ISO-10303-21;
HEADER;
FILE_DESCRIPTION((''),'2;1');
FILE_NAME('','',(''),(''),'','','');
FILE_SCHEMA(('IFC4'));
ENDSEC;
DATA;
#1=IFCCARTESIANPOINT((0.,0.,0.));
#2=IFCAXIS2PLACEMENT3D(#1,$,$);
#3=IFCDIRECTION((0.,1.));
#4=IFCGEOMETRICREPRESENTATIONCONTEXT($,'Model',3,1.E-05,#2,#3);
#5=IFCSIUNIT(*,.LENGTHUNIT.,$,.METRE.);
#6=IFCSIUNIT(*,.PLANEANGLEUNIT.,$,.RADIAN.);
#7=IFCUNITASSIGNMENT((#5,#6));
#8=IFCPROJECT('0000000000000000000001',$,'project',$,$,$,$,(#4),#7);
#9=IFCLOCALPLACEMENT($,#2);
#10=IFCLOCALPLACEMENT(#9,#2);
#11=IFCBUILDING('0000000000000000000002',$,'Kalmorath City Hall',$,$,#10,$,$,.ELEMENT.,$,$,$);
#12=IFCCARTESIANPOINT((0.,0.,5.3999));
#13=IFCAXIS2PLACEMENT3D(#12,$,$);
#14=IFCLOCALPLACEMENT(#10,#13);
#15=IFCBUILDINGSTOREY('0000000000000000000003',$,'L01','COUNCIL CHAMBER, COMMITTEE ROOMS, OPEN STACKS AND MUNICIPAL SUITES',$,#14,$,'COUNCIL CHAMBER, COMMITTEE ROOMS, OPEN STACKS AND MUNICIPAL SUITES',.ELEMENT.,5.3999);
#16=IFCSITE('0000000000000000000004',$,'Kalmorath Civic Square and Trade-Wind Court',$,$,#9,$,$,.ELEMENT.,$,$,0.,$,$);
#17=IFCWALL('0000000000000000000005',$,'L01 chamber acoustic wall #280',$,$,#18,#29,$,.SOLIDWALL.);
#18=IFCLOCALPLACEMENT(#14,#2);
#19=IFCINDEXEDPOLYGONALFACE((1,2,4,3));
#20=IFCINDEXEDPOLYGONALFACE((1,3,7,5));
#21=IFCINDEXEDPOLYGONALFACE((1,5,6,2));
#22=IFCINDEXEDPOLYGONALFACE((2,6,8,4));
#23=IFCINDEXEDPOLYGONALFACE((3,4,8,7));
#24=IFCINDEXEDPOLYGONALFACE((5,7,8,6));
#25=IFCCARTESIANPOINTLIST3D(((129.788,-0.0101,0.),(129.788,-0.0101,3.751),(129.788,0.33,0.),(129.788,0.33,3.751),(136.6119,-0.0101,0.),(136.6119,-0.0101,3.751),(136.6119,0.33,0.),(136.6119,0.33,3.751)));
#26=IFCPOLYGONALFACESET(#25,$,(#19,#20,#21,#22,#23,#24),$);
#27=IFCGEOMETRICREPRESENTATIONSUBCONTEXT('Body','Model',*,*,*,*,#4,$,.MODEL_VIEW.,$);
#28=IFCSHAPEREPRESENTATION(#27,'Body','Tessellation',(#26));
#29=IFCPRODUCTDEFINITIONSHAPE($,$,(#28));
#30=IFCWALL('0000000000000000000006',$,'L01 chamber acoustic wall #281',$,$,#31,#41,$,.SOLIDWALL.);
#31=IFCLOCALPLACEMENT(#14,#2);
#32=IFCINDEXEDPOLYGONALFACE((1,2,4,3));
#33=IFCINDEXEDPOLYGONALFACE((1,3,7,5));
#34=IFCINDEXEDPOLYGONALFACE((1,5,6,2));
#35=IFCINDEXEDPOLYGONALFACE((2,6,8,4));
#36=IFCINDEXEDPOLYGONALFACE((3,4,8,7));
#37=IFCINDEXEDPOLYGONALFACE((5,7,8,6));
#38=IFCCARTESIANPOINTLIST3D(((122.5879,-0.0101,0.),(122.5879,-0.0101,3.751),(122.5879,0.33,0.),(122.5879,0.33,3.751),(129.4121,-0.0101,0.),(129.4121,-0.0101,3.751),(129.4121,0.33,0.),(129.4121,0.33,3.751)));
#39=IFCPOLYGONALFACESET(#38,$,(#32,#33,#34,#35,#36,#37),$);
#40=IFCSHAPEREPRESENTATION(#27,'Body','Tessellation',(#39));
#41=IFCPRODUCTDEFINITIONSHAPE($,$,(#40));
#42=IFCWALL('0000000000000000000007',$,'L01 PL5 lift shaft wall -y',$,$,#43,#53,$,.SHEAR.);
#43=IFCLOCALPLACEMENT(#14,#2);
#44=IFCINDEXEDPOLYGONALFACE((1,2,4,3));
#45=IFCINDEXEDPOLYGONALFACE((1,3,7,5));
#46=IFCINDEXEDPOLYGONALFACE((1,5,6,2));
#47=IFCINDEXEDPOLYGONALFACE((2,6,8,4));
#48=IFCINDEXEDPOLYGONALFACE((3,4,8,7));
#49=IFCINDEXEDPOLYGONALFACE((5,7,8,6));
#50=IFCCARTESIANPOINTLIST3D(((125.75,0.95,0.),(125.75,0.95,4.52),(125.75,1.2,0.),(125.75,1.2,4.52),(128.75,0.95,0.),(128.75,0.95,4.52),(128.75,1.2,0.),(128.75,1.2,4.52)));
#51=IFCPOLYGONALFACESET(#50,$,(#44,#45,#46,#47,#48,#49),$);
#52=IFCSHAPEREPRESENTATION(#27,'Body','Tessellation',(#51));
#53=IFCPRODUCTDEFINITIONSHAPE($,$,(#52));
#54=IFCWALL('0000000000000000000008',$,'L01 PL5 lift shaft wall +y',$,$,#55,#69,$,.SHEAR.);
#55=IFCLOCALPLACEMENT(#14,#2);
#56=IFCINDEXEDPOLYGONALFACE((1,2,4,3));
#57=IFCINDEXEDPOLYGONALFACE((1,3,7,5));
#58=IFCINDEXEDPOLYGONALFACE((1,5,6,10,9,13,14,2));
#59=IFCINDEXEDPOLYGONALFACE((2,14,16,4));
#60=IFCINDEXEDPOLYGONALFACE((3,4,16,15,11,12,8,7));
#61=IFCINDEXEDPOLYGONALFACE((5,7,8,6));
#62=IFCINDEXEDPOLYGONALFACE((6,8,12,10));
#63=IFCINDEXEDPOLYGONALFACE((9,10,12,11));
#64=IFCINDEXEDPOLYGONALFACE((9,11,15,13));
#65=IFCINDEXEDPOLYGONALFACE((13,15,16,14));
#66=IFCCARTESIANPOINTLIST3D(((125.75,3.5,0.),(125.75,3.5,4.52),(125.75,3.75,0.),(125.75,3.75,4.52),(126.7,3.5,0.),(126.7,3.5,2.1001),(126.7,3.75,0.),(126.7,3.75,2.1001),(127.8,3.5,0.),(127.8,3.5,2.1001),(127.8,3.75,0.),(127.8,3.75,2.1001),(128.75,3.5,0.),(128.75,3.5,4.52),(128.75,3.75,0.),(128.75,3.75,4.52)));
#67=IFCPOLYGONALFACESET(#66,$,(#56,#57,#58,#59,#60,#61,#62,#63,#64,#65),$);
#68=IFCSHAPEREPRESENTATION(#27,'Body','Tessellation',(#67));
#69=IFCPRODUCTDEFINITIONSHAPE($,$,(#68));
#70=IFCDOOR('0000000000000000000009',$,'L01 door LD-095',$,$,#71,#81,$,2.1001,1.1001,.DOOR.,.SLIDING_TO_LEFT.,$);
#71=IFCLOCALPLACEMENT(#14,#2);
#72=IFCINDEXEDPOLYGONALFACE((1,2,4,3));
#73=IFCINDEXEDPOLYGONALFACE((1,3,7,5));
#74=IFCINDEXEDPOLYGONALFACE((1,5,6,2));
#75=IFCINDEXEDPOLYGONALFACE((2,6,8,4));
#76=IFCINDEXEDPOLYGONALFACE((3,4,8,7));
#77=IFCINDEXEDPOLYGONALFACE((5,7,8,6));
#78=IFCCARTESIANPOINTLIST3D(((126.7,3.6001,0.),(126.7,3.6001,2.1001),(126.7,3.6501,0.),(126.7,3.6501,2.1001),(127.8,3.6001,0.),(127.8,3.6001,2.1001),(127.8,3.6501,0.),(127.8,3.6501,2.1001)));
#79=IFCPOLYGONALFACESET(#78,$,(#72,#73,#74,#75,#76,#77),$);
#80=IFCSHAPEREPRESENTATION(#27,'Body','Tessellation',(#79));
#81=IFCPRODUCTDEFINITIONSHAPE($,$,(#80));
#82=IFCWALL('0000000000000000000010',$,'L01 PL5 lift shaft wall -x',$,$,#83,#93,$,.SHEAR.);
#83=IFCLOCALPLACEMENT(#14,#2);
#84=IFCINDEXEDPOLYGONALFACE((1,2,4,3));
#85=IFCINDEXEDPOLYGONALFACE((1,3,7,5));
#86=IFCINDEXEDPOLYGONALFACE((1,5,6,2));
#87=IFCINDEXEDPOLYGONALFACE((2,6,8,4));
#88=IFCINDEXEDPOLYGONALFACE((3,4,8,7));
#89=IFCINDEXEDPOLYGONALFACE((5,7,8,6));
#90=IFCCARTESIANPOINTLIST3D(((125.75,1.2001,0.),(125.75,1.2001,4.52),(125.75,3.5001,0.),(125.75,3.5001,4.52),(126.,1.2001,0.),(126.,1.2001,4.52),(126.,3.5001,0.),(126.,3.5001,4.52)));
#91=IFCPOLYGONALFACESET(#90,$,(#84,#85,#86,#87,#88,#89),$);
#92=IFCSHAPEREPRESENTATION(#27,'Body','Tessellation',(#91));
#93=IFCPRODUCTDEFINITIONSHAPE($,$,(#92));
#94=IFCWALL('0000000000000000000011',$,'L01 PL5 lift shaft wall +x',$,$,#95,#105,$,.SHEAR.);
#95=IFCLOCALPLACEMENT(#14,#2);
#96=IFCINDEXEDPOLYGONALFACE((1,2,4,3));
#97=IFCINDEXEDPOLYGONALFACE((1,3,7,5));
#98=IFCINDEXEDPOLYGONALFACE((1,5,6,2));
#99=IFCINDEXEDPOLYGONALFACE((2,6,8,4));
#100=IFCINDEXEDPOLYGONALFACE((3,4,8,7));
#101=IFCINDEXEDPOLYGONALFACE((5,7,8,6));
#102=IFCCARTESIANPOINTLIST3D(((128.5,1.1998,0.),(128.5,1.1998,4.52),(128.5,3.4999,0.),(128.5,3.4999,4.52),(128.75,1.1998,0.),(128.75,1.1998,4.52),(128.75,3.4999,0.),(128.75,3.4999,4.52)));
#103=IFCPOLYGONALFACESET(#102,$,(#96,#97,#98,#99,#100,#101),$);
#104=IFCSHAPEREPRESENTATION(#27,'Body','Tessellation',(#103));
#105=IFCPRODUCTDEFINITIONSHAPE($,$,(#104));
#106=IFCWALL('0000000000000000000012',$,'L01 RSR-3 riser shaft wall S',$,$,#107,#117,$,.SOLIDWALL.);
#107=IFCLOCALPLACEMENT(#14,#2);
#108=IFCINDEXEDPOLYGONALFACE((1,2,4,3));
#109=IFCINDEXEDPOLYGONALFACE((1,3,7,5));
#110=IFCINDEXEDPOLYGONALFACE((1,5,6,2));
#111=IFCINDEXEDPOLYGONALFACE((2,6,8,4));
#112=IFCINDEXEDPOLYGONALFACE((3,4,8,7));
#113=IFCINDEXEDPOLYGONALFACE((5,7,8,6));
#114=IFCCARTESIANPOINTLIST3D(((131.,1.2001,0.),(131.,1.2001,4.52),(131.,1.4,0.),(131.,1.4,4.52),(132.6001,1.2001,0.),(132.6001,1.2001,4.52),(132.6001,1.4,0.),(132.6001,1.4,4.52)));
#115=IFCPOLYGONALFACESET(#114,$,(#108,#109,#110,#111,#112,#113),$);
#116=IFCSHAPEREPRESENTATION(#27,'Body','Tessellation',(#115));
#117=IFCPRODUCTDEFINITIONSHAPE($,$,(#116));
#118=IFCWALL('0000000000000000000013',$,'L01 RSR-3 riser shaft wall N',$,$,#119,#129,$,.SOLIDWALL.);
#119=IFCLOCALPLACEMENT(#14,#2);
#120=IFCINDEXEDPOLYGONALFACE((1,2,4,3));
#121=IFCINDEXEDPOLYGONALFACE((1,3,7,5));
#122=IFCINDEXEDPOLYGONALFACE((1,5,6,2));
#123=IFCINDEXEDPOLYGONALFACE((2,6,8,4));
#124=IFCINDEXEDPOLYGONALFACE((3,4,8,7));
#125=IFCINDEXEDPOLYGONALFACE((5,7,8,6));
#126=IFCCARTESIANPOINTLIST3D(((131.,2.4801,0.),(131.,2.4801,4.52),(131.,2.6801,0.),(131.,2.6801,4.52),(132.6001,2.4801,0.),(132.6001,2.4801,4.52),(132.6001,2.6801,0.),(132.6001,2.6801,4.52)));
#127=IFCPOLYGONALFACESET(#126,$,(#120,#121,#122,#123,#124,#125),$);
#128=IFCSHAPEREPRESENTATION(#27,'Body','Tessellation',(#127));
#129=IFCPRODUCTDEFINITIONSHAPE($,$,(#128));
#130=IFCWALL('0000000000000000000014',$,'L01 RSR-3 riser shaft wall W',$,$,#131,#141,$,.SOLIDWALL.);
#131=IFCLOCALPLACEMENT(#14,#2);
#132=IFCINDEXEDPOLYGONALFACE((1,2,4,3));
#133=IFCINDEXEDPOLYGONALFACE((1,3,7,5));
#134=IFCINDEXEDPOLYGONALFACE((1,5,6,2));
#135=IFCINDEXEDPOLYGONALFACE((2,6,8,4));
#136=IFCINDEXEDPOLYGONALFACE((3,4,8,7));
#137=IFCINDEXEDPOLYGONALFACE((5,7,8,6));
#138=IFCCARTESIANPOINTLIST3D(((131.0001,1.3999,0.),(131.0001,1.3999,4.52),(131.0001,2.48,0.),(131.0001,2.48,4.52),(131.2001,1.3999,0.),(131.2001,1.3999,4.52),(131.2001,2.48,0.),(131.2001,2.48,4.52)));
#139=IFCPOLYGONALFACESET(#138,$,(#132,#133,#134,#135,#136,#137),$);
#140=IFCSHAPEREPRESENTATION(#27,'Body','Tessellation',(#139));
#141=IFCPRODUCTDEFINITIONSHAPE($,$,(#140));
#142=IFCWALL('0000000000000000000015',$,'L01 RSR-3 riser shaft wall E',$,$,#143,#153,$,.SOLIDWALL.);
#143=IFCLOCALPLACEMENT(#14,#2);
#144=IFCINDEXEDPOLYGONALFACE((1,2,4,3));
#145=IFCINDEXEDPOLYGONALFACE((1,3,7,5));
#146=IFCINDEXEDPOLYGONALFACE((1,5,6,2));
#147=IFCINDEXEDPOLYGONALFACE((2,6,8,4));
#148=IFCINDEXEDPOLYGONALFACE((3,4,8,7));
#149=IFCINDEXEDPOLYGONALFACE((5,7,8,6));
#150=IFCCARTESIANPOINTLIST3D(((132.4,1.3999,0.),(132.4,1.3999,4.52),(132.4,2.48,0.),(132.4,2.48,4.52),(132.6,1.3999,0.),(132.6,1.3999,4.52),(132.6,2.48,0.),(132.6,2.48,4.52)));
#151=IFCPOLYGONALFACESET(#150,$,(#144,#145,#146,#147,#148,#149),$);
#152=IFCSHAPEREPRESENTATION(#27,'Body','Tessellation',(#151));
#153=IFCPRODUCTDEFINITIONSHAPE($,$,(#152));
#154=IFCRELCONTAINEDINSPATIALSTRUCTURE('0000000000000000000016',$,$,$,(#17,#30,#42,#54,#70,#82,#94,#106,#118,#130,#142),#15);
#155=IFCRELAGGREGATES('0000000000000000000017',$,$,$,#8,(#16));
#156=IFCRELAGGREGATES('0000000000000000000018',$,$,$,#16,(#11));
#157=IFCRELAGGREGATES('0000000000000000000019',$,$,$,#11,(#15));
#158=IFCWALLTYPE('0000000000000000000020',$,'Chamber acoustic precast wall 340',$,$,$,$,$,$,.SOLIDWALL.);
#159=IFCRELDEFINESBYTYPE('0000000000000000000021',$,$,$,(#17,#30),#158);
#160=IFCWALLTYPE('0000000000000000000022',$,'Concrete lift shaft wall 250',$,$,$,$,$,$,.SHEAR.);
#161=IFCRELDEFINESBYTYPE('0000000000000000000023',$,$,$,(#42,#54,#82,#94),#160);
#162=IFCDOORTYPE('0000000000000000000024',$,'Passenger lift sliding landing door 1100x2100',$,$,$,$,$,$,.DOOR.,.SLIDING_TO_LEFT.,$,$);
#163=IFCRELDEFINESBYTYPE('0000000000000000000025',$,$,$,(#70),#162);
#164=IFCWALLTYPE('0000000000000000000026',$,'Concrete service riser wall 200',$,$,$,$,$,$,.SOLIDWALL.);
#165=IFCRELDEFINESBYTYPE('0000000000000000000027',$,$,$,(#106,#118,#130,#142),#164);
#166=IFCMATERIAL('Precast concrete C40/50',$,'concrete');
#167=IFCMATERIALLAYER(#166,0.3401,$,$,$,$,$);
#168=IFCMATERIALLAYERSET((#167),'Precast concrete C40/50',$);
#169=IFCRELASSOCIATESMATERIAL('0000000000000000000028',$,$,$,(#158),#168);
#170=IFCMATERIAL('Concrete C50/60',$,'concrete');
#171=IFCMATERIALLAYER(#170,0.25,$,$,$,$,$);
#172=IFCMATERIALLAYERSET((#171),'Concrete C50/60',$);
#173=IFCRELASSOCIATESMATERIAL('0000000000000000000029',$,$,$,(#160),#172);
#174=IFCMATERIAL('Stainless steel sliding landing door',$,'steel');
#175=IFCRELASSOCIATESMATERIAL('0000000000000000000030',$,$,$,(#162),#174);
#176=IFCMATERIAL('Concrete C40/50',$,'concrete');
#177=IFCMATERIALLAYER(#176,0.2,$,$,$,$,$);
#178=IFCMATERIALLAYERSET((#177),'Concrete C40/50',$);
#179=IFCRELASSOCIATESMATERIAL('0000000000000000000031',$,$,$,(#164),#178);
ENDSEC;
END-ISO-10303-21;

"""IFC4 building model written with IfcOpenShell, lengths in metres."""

from ifc_helpers import new_model, si_unit, direction, frame, frame_2d, origin, place, context, subcontext, project, spatial, rectangle, extrude, material, layer, layer_set, type_object, element, fill, save


model = new_model("IFC4")

# Units and contexts
model_context = context("Model", 3, precision=1e-05, world=origin(), true_north=direction((0.0, 1.0)))
body_context = subcontext(model_context, "Body", "Model", "MODEL_VIEW")
ifc_project = project(units=[si_unit("LENGTHUNIT", "METRE"), si_unit("PLANEANGLEUNIT", "RADIAN")], contexts=[model_context])

# Site, building, storey
site_placement = place(None, origin())
site = spatial("IfcSite", under=ifc_project, at=site_placement, Name="Kalmorath Civic Square and Trade-Wind Court", CompositionType="ELEMENT", RefElevation=0.0)
building_placement = place(site_placement, origin())
building = spatial("IfcBuilding", under=site, at=building_placement, Name="Kalmorath City Hall", CompositionType="ELEMENT")
storey_placement = place(building_placement, frame((0.0, 0.0, 5.3999)))
storey = spatial("IfcBuildingStorey", under=building, at=storey_placement, Name="L01", Description="COUNCIL CHAMBER, COMMITTEE ROOMS, OPEN STACKS AND MUNICIPAL SUITES", LongName="COUNCIL CHAMBER, COMMITTEE ROOMS, OPEN STACKS AND MUNICIPAL SUITES", CompositionType="ELEMENT", Elevation=5.3999)

# Walls
ifc_material_1 = material(Name="Precast concrete C40/50", Category="concrete")
ifc_layer_1 = layer(ifc_material_1, 0.3401)
ifc_layer_set_1 = layer_set([ifc_layer_1], Name="Precast concrete C40/50")
wall_type_1 = type_object("IfcWallType", Name="Chamber acoustic precast wall 340", PredefinedType="SOLIDWALL", material=ifc_layer_set_1)
wall_1_placement = place(storey_placement, frame((136.6121, 0.1599, 0.0), z_axis=(0.0, 0.0, 1.0), x_axis=(-1.0, 0.0, 0.0)))
element("IfcWall", 1, at=wall_1_placement, inside=storey, type_object=wall_type_1, Name="L01 chamber acoustic wall #280", PredefinedType="SOLIDWALL", context=body_context, shape_type="SweptSolid", body=[
    extrude(rectangle(XDim=6.824, YDim=0.3401, at=frame_2d((3.4121, 0.0))), origin(), (0.0, 0.0, 1.0), 3.751),
])
wall_2_placement = place(storey_placement, frame((129.4121, 0.1599, 0.0), z_axis=(0.0, 0.0, 1.0), x_axis=(-1.0, 0.0, 0.0)))
element("IfcWall", 2, at=wall_2_placement, inside=storey, type_object=wall_type_1, Name="L01 chamber acoustic wall #281", PredefinedType="SOLIDWALL", context=body_context, shape_type="SweptSolid", body=[
    extrude(rectangle(XDim=6.8242, YDim=0.3401, at=frame_2d((3.4121, 0.0))), origin(), (0.0, 0.0, 1.0), 3.751),
])
ifc_material_2 = material(Name="Concrete C50/60", Category="concrete")
ifc_layer_2 = layer(ifc_material_2, 0.25)
ifc_layer_set_2 = layer_set([ifc_layer_2], Name="Concrete C50/60")
wall_type_2 = type_object("IfcWallType", Name="Concrete lift shaft wall 250", PredefinedType="SHEAR", material=ifc_layer_set_2)
wall_3_placement = place(storey_placement, frame((125.75, 1.075, 0.0), z_axis=(0.0, 0.0, 1.0), x_axis=(1.0, 0.0, 0.0)))
element("IfcWall", 3, at=wall_3_placement, inside=storey, type_object=wall_type_2, Name="L01 PL5 lift shaft wall -y", PredefinedType="SHEAR", context=body_context, shape_type="SweptSolid", body=[
    extrude(rectangle(XDim=3.0, YDim=0.25, at=frame_2d((1.5, 0.0))), origin(), (0.0, 0.0, 1.0), 4.52),
])

# Wall, opening, door
wall_4_placement = place(storey_placement, frame((128.75, 3.625, 0.0), z_axis=(0.0, 0.0, 1.0), x_axis=(-1.0, 0.0, 0.0)))
wall_4 = element("IfcWall", 4, at=wall_4_placement, inside=storey, type_object=wall_type_2, Name="L01 PL5 lift shaft wall +y", PredefinedType="SHEAR", context=body_context, shape_type="SweptSolid", body=[
    extrude(rectangle(XDim=3.0, YDim=0.25, at=frame_2d((1.5, 0.0))), origin(), (0.0, 0.0, 1.0), 4.52),
])
opening_placement = place(wall_4_placement, frame((0.95, 0.0, 0.0)))
opening = element("IfcOpeningElement", 5, at=opening_placement, cuts=wall_4, PredefinedType="OPENING", context=body_context, shape_type="SweptSolid", body=[
    extrude(rectangle(XDim=1.1001, YDim=2.1001, at=frame_2d((0.55, 1.05))), frame((0.0, 0.135, 0.0), z_axis=(0.0, -1.0, 0.0), x_axis=(1.0, 0.0, 0.0)), (0.0, 0.0, 1.0), 0.27),
])
ifc_material_3 = material(Name="Stainless steel sliding landing door", Category="steel")
door_type = type_object("IfcDoorType", Name="Passenger lift sliding landing door 1100x2100", OperationType="SLIDING_TO_LEFT", PredefinedType="DOOR", material=ifc_material_3)
door_placement = place(opening_placement, origin())
door = element("IfcDoor", 6, at=door_placement, inside=storey, type_object=door_type, Name="L01 door LD-095", OperationType="SLIDING_TO_LEFT", OverallHeight=2.1001, OverallWidth=1.1001, PredefinedType="DOOR", context=body_context, shape_type="SweptSolid", body=[
    extrude(rectangle(XDim=1.1001, YDim=2.1001, at=frame_2d((0.55, 1.05))), frame((0.0, 0.0249, 0.0), z_axis=(0.0, -1.0, 0.0), x_axis=(1.0, 0.0, 0.0)), (0.0, 0.0, 1.0), 0.05),
])
fill(opening, door)

# Walls
for number, where, z_axis, x_axis, name in (
    (7, (125.875, 3.5, 0.0), (0.0, 0.0, 1.0), (0.0, -1.0, 0.0), "L01 PL5 lift shaft wall -x"),
    (8, (128.625, 1.2, 0.0), (0.0, 0.0, 1.0), (0.0, 1.0, 0.0), "L01 PL5 lift shaft wall +x"),
):
    element("IfcWall", number, at=place(storey_placement, frame(where, z_axis=z_axis, x_axis=x_axis)), inside=storey, type_object=wall_type_2, Name=name, PredefinedType="SHEAR", context=body_context, shape_type="SweptSolid", body=[
        extrude(rectangle(XDim=2.3, YDim=0.25, at=frame_2d((1.1499, 0.0))), origin(), (0.0, 0.0, 1.0), 4.52),
    ])
ifc_material_4 = material(Name="Concrete C40/50", Category="concrete")
ifc_layer_3 = layer(ifc_material_4, 0.2)
ifc_layer_set_3 = layer_set([ifc_layer_3], Name="Concrete C40/50")
wall_type_3 = type_object("IfcWallType", Name="Concrete service riser wall 200", PredefinedType="SOLIDWALL", material=ifc_layer_set_3)
for number, where, z_axis, x_axis, name in (
    (9, (131.0, 1.3, 0.0), (0.0, 0.0, 1.0), (1.0, 0.0, 0.0), "L01 RSR-3 riser shaft wall S"),
    (10, (132.6001, 2.5801, 0.0), (0.0, 0.0, 1.0), (-1.0, 0.0, 0.0), "L01 RSR-3 riser shaft wall N"),
):
    element("IfcWall", number, at=place(storey_placement, frame(where, z_axis=z_axis, x_axis=x_axis)), inside=storey, type_object=wall_type_3, Name=name, PredefinedType="SOLIDWALL", context=body_context, shape_type="SweptSolid", body=[
        extrude(rectangle(XDim=1.6001, YDim=0.2, at=frame_2d((0.8, 0.0))), origin(), (0.0, 0.0, 1.0), 4.52),
    ])
for number, where, z_axis, x_axis, name in (
    (11, (131.1001, 2.48, 0.0), (0.0, 0.0, 1.0), (0.0, -1.0, 0.0), "L01 RSR-3 riser shaft wall W"),
    (12, (132.5, 1.3999, 0.0), (0.0, 0.0, 1.0), (0.0, 1.0, 0.0), "L01 RSR-3 riser shaft wall E"),
):
    element("IfcWall", number, at=place(storey_placement, frame(where, z_axis=z_axis, x_axis=x_axis)), inside=storey, type_object=wall_type_3, Name=name, PredefinedType="SOLIDWALL", context=body_context, shape_type="SweptSolid", body=[
        extrude(rectangle(XDim=1.0801, YDim=0.2, at=frame_2d((0.54, 0.0))), origin(), (0.0, 0.0, 1.0), 4.52),
    ])

save(model, "model.ifc")
